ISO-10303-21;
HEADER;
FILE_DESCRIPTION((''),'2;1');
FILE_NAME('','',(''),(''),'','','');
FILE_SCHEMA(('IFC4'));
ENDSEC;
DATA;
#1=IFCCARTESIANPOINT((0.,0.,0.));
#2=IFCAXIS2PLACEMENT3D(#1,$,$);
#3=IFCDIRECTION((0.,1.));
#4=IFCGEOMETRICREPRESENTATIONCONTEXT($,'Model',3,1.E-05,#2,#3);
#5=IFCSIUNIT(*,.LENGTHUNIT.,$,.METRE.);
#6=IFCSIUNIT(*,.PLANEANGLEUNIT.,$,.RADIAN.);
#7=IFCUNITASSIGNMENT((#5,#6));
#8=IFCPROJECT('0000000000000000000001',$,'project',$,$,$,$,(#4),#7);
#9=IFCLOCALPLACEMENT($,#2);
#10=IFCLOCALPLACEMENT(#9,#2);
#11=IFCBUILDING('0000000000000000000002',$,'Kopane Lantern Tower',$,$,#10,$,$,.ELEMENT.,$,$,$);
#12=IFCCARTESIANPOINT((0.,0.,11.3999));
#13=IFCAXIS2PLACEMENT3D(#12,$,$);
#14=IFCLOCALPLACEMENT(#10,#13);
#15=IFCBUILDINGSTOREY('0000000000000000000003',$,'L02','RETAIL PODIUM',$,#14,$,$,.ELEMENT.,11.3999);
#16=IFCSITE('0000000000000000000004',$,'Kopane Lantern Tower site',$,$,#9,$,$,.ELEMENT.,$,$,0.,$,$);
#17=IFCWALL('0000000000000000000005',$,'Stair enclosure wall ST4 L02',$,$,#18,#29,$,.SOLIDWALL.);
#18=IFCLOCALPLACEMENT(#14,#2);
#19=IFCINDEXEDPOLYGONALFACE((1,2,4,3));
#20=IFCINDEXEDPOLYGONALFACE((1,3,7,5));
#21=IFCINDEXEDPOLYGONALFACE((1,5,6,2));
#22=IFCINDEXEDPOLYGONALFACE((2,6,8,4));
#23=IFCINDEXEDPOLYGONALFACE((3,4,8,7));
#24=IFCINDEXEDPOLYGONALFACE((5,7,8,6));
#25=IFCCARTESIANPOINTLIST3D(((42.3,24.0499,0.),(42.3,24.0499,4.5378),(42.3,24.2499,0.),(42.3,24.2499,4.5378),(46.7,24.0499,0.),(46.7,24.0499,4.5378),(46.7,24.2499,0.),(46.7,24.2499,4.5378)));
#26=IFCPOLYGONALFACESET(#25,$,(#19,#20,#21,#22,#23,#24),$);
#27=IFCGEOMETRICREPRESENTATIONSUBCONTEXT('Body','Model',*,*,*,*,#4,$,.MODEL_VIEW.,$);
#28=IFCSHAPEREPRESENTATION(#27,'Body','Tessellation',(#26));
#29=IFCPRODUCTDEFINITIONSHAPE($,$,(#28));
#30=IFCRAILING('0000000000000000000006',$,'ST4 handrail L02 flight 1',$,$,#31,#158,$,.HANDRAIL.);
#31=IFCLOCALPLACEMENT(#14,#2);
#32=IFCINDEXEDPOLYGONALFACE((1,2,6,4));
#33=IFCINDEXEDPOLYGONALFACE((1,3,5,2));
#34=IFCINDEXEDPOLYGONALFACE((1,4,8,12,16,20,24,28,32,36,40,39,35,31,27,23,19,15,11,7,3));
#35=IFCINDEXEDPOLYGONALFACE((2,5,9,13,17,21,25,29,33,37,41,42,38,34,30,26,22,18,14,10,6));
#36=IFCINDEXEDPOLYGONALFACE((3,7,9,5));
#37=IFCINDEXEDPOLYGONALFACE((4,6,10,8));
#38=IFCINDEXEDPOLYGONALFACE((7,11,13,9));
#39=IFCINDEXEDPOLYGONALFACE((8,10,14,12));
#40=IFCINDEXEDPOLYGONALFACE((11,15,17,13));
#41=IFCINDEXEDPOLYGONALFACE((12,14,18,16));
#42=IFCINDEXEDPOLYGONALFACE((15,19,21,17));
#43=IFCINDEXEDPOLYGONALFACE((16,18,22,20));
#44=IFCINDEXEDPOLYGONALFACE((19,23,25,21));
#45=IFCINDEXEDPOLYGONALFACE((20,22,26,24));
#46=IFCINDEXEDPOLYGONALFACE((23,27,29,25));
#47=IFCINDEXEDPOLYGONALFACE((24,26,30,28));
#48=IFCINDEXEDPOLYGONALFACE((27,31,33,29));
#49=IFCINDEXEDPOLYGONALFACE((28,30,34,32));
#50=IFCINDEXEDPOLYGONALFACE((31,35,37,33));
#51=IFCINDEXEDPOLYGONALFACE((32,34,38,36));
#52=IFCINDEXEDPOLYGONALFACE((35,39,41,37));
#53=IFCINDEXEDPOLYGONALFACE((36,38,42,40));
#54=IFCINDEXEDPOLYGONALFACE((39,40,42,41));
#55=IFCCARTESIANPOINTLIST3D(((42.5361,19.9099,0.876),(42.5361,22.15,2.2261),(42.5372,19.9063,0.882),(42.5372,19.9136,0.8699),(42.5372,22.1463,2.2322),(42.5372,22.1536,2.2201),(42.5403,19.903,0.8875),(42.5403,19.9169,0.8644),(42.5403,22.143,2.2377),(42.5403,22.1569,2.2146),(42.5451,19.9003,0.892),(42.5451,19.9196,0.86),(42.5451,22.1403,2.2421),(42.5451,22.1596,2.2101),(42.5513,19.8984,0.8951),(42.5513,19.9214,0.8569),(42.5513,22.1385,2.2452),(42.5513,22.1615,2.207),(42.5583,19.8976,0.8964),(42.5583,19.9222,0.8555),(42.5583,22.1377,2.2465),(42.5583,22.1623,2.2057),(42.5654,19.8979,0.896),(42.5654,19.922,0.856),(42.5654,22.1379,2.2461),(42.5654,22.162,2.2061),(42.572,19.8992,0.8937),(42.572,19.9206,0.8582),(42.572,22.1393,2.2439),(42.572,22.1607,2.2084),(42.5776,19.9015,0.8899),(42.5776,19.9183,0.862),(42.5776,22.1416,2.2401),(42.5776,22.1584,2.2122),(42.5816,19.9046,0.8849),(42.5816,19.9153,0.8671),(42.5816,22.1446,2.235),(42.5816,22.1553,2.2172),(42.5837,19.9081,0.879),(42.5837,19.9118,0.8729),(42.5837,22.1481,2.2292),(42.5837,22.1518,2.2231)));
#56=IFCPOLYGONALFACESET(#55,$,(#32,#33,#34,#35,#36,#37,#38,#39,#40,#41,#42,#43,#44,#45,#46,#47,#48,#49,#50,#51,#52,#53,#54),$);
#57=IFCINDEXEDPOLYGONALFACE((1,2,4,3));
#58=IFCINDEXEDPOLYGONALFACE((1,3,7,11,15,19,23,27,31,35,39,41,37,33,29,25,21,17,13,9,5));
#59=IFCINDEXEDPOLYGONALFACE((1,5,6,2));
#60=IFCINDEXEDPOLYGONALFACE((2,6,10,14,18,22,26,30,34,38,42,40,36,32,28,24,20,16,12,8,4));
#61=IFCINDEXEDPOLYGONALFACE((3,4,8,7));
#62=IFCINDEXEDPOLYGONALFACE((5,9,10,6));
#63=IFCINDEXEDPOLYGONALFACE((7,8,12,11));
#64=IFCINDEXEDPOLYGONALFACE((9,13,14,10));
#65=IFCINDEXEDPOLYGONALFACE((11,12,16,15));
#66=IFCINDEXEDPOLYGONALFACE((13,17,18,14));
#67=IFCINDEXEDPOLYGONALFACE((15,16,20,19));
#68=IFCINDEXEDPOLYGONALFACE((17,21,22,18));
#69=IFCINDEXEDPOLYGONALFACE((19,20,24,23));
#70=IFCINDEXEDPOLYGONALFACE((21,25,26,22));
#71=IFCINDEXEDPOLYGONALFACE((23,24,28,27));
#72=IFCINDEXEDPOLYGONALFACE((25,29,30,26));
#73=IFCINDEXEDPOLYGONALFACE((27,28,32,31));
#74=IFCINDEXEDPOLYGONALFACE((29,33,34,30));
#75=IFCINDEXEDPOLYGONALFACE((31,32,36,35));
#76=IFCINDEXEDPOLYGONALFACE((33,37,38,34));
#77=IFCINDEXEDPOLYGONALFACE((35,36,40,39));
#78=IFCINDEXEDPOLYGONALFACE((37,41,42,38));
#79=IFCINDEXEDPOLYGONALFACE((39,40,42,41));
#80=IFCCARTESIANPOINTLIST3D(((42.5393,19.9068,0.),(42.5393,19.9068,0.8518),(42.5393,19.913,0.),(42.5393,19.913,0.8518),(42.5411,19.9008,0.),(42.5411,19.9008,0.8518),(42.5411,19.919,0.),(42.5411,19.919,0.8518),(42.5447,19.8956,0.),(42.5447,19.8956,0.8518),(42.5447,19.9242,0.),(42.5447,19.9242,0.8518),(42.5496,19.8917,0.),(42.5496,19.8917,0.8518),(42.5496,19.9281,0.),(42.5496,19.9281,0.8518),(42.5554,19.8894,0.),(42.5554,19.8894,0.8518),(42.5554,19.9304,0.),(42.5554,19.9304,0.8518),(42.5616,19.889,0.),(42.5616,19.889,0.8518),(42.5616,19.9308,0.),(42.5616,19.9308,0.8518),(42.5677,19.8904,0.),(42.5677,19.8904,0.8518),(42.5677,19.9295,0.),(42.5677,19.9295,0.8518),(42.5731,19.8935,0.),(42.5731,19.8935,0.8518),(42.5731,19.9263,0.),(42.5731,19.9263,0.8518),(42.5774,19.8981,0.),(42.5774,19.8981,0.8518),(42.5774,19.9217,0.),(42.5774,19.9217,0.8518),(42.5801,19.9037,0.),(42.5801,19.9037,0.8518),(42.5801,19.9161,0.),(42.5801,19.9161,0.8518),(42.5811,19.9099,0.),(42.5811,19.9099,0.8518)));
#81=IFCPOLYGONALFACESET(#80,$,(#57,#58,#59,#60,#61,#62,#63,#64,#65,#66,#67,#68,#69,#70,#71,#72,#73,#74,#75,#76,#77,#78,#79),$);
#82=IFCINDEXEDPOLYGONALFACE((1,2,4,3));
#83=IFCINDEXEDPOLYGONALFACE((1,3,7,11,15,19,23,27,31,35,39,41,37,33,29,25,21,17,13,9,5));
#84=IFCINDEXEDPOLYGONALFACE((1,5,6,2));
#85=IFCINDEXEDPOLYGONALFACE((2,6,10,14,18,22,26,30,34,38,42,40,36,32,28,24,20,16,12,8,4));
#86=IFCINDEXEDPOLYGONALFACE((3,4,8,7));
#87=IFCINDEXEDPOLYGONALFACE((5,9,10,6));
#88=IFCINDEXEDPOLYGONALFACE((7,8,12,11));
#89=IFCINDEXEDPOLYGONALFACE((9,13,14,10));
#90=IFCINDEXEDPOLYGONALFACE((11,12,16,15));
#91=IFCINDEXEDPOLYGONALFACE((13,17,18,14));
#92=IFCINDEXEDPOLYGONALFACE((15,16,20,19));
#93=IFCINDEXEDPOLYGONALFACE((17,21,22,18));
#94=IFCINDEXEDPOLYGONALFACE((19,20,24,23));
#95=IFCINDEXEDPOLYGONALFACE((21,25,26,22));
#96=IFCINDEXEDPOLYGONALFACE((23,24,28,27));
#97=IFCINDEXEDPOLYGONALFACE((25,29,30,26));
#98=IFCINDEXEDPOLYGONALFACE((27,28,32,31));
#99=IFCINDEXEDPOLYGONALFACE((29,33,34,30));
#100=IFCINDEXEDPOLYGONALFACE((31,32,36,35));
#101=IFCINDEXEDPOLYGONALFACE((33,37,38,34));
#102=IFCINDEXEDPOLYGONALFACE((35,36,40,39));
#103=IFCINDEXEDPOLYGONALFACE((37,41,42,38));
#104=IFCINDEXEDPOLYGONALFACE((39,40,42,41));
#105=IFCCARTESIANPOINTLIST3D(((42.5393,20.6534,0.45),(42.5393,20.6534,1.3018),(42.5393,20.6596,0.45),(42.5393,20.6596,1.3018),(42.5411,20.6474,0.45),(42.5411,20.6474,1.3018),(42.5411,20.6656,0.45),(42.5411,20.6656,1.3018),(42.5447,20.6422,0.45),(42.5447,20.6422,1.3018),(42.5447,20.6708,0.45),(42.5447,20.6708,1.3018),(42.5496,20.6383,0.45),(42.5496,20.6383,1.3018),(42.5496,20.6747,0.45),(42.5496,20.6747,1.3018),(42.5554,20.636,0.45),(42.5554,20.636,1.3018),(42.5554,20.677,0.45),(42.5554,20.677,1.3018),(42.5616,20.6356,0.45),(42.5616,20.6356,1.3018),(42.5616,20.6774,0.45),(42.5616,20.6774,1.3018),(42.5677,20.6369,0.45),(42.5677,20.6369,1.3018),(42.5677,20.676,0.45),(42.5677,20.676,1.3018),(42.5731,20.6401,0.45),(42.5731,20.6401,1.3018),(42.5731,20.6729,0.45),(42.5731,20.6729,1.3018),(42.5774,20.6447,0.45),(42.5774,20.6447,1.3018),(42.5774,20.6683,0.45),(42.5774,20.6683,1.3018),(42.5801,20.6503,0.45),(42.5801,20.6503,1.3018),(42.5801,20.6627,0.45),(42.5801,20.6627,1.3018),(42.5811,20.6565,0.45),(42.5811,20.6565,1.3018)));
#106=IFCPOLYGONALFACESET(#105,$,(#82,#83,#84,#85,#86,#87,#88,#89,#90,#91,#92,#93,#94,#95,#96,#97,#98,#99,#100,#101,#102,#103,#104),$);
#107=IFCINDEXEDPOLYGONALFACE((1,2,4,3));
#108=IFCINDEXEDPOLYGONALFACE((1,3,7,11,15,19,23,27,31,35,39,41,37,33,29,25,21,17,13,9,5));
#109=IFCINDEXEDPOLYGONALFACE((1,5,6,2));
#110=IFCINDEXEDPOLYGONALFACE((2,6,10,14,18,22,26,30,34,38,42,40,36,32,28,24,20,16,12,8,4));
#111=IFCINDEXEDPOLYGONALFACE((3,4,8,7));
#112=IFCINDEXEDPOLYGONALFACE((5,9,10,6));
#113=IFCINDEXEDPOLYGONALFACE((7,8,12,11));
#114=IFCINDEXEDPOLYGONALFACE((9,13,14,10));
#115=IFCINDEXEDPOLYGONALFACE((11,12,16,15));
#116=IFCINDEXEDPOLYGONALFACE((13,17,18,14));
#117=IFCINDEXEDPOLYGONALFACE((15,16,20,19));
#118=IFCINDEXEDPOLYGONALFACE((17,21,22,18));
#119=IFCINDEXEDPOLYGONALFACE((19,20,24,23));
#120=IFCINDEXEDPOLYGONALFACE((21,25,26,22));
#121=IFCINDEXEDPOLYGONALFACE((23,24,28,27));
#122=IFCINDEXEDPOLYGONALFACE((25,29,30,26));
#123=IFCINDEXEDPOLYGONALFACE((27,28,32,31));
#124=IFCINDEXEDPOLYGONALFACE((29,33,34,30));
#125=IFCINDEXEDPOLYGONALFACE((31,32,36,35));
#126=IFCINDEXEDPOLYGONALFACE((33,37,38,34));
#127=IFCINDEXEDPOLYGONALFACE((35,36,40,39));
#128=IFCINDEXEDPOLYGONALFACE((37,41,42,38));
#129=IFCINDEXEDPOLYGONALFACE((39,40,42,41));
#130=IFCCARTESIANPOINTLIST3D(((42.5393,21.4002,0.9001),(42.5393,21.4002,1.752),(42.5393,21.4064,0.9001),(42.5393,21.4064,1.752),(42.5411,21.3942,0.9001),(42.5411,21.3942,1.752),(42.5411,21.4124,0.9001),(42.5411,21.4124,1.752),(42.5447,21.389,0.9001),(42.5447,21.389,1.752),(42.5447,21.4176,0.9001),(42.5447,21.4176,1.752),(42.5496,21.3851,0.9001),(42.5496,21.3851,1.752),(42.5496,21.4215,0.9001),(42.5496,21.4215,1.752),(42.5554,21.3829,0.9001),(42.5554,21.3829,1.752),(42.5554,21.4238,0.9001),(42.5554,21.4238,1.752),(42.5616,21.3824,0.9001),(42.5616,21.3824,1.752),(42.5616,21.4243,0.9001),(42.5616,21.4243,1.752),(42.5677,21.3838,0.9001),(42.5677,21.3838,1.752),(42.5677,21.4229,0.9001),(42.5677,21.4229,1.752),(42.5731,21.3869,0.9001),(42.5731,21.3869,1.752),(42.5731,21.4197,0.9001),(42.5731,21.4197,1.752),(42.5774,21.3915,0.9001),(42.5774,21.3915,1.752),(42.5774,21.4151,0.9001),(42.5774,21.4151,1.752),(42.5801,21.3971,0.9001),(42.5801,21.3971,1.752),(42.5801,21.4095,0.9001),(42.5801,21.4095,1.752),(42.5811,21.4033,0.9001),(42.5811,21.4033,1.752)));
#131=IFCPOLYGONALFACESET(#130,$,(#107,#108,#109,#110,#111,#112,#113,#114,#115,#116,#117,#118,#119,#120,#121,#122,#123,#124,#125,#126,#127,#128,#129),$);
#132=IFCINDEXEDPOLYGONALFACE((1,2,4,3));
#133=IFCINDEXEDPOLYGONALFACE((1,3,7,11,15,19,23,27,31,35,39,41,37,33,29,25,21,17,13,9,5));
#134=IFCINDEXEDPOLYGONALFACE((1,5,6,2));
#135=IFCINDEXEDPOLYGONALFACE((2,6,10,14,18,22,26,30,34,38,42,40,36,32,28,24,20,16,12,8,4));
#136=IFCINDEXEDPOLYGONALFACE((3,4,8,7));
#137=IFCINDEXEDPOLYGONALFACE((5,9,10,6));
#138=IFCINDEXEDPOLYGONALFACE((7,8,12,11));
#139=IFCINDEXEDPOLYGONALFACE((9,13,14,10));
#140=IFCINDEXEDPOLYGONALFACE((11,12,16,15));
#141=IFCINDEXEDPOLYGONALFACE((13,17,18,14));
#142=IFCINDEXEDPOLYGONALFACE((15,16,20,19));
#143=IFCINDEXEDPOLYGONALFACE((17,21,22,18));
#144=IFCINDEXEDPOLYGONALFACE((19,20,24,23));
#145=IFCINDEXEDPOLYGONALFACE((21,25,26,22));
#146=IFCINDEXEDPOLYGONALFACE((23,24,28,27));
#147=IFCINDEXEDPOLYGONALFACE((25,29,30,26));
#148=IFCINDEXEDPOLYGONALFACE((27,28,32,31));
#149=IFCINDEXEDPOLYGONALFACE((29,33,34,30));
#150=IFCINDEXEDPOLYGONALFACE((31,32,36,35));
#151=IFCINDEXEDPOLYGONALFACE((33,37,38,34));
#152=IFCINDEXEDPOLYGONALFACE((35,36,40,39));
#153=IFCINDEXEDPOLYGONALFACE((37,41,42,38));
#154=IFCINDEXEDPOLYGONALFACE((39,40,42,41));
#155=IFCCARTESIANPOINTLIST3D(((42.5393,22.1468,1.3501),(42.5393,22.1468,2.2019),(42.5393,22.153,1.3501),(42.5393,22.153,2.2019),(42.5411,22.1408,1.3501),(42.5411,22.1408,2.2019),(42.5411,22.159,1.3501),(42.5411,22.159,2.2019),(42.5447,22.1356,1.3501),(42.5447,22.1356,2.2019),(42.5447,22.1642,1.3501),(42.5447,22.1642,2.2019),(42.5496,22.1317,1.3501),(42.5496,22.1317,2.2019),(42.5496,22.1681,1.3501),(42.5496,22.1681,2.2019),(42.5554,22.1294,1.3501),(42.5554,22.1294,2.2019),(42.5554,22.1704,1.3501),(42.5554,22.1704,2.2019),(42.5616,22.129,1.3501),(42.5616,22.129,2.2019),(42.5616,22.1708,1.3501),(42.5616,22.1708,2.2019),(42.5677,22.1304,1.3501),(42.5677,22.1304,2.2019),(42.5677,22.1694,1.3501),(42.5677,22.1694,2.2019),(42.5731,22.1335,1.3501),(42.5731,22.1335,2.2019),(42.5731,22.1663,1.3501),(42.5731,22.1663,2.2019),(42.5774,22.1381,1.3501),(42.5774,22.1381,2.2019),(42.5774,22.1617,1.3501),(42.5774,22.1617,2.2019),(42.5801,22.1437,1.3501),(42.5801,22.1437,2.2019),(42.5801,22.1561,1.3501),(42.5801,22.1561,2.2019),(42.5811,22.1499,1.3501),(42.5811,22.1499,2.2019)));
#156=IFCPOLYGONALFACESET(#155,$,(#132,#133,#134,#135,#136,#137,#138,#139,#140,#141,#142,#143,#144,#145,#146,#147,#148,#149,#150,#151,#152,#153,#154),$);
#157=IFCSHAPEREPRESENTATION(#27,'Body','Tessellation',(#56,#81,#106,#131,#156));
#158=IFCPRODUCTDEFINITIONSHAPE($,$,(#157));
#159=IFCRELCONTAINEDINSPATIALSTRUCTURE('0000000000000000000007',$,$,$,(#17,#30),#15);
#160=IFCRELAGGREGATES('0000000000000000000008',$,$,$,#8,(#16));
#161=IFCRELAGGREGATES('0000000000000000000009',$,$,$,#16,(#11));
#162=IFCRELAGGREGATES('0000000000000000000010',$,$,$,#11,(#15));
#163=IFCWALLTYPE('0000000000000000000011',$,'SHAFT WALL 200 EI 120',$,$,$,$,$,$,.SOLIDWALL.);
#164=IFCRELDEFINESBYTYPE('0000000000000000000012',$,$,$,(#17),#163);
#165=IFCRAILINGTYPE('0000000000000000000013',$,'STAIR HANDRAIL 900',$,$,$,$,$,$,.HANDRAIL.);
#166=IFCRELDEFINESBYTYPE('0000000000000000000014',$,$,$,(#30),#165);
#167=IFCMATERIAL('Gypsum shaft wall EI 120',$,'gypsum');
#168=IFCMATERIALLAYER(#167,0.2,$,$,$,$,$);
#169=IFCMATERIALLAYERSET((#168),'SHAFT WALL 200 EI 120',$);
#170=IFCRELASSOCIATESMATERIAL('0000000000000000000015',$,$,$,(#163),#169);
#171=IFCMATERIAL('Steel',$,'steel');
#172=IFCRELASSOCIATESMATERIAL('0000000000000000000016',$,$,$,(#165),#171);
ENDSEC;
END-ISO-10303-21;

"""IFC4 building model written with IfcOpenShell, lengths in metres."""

from ifc_helpers import new_model, si_unit, direction, frame, frame_2d, origin, origin_2d, place, context, subcontext, project, spatial, rectangle, circle, extrude, material, layer, layer_set, type_object, element, save


model = new_model("IFC4")

# Units and contexts
model_context = context("Model", 3, precision=1e-05, world=origin(), true_north=direction((0.0, 1.0)))
body_context = subcontext(model_context, "Body", "Model", "MODEL_VIEW")
ifc_project = project(units=[si_unit("LENGTHUNIT", "METRE"), si_unit("PLANEANGLEUNIT", "RADIAN")], contexts=[model_context])

# Site, building, storey
site_placement = place(None, origin())
site = spatial("IfcSite", under=ifc_project, at=site_placement, Name="Kopane Lantern Tower site", CompositionType="ELEMENT", RefElevation=0.0)
building_placement = place(site_placement, origin())
building = spatial("IfcBuilding", under=site, at=building_placement, Name="Kopane Lantern Tower", CompositionType="ELEMENT")
storey_placement = place(building_placement, frame((0.0, 0.0, 11.3999)))
storey = spatial("IfcBuildingStorey", under=building, at=storey_placement, Name="L02", Description="RETAIL PODIUM", CompositionType="ELEMENT", Elevation=11.3999)

# Wall
ifc_material_1 = material(Name="Gypsum shaft wall EI 120", Category="gypsum")
ifc_layer_1 = layer(ifc_material_1, 0.2)
ifc_layer_set_1 = layer_set([ifc_layer_1], Name="SHAFT WALL 200 EI 120")
wall_type_1 = type_object("IfcWallType", Name="SHAFT WALL 200 EI 120", PredefinedType="SOLIDWALL", material=ifc_layer_set_1)
wall_1_placement = place(storey_placement, frame((42.3, 24.1499, 0.0), z_axis=(0.0, 0.0, 1.0), x_axis=(1.0, 0.0, 0.0)))
element("IfcWall", 1, at=wall_1_placement, inside=storey, type_object=wall_type_1, Name="Stair enclosure wall ST4 L02", PredefinedType="SOLIDWALL", context=body_context, shape_type="SweptSolid", body=[
    extrude(rectangle(XDim=4.3999, YDim=0.2, at=frame_2d((2.2, 0.0))), origin(), (0.0, 0.0, 1.0), 4.5378),
])

# Railing
ifc_material_2 = material(Name="Steel", Category="steel")
railing_type_1 = type_object("IfcRailingType", Name="STAIR HANDRAIL 900", PredefinedType="HANDRAIL", material=ifc_material_2)
for number, where, name in (
    (2, (42.5601, 19.9099, 0.0), "ST4 handrail L02 flight 1"),
):
    element("IfcRailing", number, at=place(storey_placement, frame(where)), inside=storey, type_object=railing_type_1, Name=name, PredefinedType="HANDRAIL", context=body_context, shape_type="SweptSolid", body=[
        extrude(circle(Radius=0.0239, at=origin_2d()), frame((0.0, 0.0, 0.876), z_axis=(0.0, 0.856462, 0.516211), x_axis=(-1.0, 0.0, 0.0)), (0.0, 0.0, 1.0), 2.6155),
        extrude(circle(Radius=0.021, at=origin_2d()), origin(), (0.0, 0.0, 1.0), 0.8518),
        extrude(circle(Radius=0.021, at=origin_2d()), frame((0.0, 0.7466, 0.45)), (0.0, 0.0, 1.0), 0.8518),
        extrude(circle(Radius=0.021, at=origin_2d()), frame((0.0, 1.4934, 0.9001)), (0.0, 0.0, 1.0), 0.8518),
        extrude(circle(Radius=0.021, at=origin_2d()), frame((0.0, 2.24, 1.3501)), (0.0, 0.0, 1.0), 0.8518),
    ])

save(model, "model.ifc")
